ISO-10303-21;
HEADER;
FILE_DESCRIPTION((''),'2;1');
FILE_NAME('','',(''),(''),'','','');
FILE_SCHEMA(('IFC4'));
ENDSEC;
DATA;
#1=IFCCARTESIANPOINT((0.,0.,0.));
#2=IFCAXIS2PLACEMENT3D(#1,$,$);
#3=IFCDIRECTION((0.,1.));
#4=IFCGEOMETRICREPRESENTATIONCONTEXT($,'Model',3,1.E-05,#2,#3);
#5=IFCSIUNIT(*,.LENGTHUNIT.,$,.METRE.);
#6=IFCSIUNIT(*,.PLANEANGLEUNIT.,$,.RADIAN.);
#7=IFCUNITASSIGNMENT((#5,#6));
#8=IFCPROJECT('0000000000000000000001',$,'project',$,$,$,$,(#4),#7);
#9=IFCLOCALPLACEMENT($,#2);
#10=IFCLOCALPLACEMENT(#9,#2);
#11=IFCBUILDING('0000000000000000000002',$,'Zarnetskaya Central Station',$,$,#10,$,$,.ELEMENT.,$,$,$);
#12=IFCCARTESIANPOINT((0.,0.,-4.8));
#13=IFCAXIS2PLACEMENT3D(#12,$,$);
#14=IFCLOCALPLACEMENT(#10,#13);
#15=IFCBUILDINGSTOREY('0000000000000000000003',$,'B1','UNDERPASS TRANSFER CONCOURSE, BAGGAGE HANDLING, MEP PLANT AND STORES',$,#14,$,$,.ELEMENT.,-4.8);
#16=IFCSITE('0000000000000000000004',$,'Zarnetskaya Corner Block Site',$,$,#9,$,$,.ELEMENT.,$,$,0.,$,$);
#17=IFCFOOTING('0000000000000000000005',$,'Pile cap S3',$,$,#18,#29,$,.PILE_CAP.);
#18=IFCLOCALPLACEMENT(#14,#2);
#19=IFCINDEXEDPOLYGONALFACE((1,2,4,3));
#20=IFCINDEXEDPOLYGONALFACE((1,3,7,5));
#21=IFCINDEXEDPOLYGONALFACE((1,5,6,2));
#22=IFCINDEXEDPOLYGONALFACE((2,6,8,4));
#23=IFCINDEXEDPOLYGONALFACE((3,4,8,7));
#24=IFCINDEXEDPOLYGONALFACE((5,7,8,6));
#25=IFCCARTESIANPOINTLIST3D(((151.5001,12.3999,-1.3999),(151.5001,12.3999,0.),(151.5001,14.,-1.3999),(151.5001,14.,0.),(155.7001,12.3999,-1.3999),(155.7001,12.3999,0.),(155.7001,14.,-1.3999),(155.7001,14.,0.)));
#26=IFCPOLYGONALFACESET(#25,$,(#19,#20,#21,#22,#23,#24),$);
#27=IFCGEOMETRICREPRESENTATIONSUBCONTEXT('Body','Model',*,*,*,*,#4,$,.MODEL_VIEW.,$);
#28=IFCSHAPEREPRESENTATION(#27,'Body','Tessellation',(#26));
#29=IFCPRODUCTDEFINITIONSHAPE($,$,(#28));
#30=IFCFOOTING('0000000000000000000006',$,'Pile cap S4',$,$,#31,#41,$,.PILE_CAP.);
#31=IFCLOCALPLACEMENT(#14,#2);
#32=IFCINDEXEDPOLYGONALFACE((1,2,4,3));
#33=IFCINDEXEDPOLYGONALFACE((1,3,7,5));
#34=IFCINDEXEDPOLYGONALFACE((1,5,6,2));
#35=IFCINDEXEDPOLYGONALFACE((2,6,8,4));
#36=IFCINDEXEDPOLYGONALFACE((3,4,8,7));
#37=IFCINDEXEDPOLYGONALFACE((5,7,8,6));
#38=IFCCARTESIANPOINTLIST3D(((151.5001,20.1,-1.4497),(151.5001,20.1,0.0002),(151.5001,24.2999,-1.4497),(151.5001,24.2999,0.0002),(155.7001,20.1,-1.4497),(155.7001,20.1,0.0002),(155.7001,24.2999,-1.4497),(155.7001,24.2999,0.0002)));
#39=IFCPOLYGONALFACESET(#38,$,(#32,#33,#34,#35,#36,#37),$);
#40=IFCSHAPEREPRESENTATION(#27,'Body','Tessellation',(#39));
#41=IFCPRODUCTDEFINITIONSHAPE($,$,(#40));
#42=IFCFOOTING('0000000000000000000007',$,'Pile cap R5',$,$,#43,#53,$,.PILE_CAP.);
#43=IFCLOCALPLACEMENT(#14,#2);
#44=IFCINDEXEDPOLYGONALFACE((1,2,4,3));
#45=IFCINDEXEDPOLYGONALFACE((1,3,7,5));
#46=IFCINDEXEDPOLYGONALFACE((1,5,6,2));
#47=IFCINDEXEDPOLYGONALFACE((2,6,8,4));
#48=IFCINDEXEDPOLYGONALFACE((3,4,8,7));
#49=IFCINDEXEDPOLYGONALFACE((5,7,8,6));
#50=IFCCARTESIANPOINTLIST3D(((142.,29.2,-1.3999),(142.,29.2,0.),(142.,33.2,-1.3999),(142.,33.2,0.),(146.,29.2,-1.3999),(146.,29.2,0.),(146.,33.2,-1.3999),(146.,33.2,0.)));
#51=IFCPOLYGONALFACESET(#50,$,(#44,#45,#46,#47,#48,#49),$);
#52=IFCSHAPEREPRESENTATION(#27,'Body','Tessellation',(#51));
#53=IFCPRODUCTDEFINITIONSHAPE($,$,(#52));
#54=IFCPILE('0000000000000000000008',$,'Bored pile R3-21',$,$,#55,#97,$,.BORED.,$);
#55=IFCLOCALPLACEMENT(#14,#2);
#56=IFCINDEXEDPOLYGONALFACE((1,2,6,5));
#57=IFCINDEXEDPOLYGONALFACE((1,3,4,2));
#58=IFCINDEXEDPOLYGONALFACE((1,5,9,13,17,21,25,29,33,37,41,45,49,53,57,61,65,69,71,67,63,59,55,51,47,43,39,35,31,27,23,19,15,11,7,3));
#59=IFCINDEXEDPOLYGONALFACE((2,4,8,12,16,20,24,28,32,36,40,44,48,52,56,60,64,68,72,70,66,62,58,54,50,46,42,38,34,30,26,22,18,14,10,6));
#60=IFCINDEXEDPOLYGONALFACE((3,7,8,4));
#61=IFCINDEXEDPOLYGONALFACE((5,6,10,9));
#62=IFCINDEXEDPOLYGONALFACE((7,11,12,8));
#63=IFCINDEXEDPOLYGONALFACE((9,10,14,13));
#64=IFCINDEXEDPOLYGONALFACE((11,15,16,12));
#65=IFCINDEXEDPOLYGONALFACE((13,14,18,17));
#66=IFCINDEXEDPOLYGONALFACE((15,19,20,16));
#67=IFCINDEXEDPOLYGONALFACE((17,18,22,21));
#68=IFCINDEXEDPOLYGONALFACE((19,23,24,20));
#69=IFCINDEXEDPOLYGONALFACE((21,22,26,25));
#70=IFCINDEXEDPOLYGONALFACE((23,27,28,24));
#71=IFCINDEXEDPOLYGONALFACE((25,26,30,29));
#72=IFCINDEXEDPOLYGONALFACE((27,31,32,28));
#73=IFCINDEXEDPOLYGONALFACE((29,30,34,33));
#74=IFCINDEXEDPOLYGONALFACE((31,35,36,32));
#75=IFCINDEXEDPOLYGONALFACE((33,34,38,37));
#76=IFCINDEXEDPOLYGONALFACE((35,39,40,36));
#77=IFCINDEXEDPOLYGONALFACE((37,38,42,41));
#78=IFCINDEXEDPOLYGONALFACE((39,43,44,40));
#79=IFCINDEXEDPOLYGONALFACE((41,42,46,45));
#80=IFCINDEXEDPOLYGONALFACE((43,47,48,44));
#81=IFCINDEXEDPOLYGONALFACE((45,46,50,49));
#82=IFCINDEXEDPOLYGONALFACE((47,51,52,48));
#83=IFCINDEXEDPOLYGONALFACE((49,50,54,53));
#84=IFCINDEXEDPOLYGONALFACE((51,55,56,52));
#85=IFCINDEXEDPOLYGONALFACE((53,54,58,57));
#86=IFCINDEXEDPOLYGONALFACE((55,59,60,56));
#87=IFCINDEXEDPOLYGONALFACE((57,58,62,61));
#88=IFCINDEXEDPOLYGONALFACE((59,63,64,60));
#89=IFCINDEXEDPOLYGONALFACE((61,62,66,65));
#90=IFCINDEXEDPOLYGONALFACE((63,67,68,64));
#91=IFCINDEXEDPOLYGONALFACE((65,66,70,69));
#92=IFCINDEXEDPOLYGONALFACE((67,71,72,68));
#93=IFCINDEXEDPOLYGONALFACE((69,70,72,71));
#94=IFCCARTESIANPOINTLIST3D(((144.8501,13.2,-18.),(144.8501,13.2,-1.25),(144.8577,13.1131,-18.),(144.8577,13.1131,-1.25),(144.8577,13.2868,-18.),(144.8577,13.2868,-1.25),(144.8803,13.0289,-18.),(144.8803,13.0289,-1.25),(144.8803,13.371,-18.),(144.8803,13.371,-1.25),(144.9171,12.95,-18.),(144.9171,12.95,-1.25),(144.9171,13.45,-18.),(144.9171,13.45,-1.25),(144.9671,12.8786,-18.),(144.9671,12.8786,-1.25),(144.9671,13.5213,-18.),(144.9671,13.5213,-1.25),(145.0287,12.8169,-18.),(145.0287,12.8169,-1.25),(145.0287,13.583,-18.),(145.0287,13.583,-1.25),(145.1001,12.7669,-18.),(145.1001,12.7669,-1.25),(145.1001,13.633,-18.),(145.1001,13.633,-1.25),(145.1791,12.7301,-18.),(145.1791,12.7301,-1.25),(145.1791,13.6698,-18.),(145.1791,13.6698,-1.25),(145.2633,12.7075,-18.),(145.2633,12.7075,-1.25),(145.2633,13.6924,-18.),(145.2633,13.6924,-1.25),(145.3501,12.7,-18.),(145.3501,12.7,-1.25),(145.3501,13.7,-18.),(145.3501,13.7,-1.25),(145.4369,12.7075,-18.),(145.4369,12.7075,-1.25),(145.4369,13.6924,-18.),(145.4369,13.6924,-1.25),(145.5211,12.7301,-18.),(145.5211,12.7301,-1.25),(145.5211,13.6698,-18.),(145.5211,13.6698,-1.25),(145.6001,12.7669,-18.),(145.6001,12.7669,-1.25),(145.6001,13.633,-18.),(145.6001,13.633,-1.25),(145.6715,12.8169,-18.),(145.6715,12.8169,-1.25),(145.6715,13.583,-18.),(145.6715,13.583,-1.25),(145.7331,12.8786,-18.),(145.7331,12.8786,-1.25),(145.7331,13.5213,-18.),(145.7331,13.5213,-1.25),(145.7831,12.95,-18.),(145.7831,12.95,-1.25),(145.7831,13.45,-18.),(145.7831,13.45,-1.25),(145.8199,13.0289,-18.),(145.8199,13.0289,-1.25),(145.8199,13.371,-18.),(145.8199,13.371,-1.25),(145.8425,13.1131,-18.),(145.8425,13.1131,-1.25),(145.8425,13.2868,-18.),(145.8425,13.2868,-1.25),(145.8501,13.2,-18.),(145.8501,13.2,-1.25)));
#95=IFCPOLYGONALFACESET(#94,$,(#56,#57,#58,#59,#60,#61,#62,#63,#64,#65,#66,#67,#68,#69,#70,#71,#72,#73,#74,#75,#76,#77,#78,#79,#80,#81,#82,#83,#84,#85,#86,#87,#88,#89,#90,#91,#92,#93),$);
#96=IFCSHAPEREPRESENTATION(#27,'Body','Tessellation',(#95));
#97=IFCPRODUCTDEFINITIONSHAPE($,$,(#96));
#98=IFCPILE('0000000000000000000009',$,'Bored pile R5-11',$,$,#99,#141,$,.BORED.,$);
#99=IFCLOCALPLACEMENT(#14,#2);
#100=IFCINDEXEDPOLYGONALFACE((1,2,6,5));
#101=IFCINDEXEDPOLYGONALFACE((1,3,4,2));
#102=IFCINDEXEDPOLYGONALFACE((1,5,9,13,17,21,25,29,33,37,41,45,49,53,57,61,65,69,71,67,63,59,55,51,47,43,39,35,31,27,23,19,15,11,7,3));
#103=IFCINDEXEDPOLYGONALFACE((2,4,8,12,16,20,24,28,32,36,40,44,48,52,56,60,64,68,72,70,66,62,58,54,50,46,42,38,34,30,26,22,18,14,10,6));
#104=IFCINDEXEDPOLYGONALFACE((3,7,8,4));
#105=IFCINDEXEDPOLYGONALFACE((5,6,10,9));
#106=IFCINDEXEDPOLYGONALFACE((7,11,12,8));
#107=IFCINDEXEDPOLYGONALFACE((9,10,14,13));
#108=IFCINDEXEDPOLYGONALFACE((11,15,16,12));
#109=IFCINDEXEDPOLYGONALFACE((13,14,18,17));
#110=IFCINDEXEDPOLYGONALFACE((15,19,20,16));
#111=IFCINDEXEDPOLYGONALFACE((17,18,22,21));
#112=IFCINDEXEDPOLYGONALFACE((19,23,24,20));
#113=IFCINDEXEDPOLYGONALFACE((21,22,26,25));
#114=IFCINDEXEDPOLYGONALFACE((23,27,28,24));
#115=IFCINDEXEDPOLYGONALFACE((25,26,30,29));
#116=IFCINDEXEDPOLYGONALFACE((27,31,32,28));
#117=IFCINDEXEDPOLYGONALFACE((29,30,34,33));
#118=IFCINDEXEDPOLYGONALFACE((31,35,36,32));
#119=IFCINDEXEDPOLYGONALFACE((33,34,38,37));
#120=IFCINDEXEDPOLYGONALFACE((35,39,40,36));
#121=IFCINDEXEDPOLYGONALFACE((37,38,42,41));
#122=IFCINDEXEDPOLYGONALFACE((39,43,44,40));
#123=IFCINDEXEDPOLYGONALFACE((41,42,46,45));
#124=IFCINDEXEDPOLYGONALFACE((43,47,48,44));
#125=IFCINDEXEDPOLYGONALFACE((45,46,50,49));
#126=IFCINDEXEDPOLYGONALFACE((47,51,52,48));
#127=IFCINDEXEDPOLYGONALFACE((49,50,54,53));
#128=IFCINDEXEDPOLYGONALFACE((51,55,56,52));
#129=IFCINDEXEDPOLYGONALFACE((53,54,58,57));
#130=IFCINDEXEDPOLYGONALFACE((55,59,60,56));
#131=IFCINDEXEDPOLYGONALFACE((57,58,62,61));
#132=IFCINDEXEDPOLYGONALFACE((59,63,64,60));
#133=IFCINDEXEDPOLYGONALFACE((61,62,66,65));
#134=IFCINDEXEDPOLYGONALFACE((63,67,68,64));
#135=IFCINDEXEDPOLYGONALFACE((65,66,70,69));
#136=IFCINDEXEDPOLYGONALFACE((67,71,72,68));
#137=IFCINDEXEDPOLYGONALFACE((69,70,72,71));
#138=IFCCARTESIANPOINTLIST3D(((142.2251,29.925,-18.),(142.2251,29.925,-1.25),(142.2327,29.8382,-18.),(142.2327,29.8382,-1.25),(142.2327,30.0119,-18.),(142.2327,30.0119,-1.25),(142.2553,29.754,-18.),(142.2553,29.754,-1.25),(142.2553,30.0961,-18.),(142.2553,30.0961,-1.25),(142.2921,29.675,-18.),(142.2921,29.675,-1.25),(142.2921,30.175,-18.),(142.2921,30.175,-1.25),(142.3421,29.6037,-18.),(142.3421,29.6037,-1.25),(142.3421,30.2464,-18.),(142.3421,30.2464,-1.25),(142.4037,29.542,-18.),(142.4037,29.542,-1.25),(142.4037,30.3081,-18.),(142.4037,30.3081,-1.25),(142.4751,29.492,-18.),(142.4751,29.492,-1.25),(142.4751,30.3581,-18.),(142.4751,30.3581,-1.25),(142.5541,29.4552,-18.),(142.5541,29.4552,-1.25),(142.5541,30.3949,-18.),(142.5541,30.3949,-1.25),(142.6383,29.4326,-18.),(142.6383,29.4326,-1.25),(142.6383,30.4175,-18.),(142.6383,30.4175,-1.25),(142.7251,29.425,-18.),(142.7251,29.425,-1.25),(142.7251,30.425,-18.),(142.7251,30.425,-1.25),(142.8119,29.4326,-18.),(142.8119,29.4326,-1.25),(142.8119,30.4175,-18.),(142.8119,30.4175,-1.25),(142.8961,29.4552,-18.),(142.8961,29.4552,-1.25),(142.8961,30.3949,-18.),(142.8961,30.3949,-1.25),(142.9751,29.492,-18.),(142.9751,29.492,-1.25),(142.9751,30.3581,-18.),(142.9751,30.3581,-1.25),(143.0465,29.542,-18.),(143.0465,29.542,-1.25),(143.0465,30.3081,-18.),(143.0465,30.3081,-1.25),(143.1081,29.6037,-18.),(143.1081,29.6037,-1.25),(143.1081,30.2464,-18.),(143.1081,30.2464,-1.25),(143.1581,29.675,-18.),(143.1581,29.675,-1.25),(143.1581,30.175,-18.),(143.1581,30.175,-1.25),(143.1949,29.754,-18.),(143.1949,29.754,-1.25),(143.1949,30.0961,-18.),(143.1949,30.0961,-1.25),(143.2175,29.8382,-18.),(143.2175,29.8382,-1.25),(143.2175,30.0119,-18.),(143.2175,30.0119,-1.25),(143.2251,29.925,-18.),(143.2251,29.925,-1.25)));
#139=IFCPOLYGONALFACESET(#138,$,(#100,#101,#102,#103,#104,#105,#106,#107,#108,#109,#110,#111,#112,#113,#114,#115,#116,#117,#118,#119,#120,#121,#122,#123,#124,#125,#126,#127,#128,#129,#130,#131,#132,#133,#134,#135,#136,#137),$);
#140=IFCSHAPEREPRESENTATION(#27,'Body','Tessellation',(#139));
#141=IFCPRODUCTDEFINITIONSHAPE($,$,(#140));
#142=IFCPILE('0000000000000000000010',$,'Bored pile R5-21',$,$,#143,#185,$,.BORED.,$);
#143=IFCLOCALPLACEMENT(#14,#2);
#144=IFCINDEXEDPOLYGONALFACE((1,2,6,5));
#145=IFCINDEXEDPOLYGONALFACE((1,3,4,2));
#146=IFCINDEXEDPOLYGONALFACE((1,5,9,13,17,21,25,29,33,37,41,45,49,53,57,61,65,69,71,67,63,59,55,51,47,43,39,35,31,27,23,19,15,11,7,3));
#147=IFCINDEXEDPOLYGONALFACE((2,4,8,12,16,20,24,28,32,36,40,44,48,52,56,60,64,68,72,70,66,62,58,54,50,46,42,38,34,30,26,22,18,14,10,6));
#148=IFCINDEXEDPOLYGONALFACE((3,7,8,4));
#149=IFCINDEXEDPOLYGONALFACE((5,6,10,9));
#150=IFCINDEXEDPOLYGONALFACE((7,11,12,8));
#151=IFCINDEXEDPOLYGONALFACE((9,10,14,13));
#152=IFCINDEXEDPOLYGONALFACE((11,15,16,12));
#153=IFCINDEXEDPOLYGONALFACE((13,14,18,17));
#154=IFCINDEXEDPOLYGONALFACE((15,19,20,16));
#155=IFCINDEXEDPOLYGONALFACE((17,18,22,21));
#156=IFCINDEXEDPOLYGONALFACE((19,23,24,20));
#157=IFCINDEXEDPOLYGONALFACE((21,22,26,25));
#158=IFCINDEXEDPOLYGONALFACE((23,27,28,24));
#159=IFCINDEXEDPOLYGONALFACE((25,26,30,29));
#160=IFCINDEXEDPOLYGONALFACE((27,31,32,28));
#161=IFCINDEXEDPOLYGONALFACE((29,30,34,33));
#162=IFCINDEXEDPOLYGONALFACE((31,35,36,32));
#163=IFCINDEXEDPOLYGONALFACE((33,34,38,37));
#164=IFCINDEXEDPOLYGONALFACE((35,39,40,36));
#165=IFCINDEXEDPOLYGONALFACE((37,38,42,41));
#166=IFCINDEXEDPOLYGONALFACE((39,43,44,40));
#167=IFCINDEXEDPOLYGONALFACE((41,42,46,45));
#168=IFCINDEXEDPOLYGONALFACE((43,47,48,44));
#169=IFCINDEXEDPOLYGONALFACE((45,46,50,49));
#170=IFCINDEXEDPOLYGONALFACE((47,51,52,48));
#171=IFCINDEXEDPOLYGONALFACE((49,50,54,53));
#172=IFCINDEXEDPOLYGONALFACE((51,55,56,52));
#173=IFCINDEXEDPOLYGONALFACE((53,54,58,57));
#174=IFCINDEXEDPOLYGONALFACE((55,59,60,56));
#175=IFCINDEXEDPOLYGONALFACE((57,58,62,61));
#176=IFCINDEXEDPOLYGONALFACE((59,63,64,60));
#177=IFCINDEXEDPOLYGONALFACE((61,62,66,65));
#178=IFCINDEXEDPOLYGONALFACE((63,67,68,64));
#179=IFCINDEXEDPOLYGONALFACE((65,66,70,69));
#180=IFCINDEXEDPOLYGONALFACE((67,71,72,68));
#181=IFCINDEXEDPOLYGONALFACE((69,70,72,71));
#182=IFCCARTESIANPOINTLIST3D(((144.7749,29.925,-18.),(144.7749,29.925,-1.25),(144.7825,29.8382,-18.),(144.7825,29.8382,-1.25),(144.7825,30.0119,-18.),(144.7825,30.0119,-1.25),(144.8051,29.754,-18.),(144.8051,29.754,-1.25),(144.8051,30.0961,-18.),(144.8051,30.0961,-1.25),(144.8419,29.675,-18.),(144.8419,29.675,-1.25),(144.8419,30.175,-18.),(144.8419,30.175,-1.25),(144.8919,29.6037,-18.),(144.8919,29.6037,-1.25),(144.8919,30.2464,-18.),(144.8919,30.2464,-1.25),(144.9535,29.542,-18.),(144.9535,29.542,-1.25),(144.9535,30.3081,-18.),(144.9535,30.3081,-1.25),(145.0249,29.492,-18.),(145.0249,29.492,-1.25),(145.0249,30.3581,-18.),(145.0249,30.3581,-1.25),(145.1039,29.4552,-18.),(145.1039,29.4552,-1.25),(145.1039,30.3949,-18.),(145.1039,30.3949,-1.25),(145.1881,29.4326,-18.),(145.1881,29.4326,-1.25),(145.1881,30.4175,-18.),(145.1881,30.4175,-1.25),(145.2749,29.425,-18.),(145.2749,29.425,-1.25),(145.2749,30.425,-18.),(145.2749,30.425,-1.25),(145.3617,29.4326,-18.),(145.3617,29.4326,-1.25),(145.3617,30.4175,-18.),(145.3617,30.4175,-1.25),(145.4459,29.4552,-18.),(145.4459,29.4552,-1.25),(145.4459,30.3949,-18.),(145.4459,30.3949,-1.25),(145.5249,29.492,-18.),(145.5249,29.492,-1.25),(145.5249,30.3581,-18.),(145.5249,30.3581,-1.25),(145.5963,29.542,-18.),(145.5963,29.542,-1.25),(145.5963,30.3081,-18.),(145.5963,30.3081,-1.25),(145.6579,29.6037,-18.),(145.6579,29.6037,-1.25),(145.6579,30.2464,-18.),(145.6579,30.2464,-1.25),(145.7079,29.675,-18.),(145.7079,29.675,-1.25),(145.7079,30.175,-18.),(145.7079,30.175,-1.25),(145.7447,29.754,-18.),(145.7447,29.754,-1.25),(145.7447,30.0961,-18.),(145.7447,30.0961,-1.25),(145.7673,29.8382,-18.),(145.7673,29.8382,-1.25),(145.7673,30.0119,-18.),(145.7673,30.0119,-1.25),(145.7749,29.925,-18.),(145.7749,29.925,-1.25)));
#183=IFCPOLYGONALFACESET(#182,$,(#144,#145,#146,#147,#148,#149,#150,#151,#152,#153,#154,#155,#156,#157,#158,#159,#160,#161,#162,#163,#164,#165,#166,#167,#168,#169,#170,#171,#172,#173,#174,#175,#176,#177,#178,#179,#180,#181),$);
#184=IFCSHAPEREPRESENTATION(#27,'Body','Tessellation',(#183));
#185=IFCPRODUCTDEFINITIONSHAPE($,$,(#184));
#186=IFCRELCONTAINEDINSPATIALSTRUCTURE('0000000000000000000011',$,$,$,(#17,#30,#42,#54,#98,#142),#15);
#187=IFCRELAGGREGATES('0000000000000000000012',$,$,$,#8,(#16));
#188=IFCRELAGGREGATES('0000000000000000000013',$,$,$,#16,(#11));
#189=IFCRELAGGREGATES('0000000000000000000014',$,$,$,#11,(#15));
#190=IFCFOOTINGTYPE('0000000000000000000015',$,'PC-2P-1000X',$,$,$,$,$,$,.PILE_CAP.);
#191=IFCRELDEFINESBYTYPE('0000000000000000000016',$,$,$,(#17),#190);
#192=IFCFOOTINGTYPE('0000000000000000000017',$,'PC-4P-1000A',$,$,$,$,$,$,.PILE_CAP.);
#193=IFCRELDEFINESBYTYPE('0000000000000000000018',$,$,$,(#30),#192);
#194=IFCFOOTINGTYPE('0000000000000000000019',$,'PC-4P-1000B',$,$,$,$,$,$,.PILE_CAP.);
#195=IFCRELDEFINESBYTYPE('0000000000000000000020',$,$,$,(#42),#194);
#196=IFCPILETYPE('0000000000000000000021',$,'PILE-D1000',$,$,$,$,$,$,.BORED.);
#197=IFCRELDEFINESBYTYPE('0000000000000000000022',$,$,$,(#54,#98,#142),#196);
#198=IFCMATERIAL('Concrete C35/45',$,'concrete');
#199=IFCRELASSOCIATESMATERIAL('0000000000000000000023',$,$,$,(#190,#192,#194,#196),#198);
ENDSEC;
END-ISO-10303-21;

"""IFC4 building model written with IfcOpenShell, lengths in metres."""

from ifc_helpers import new_model, si_unit, direction, frame, origin, origin_2d, place, context, subcontext, project, spatial, rectangle, circle, extrude, material, material_profile, profile_set, type_object, element, save


model = new_model("IFC4")

# Units and contexts
model_context = context("Model", 3, precision=1e-05, world=origin(), true_north=direction((0.0, 1.0)))
body_context = subcontext(model_context, "Body", "Model", "MODEL_VIEW")
ifc_project = project(units=[si_unit("LENGTHUNIT", "METRE"), si_unit("PLANEANGLEUNIT", "RADIAN")], contexts=[model_context])

# Site, building, storey
site_placement = place(None, origin())
site = spatial("IfcSite", under=ifc_project, at=site_placement, Name="Zarnetskaya Corner Block Site", CompositionType="ELEMENT", RefElevation=0.0)
building_placement = place(site_placement, origin())
building = spatial("IfcBuilding", under=site, at=building_placement, Name="Zarnetskaya Central Station", CompositionType="ELEMENT")
storey_placement = place(building_placement, frame((0.0, 0.0, -4.8)))
storey = spatial("IfcBuildingStorey", under=building, at=storey_placement, Name="B1", Description="UNDERPASS TRANSFER CONCOURSE, BAGGAGE HANDLING, MEP PLANT AND STORES", CompositionType="ELEMENT", Elevation=-4.8)

# Footings
ifc_material = material(Name="Concrete C35/45", Category="concrete")
footing_type_1 = type_object("IfcFootingType", Name="PC-2P-1000X", PredefinedType="PILE_CAP", material=ifc_material)
footing_1_placement = place(storey_placement, frame((153.6001, 13.2, -1.3999), z_axis=(0.0, 0.0, 1.0), x_axis=(1.0, 0.0, 0.0)))
element("IfcFooting", 1, at=footing_1_placement, inside=storey, type_object=footing_type_1, Name="Pile cap S3", PredefinedType="PILE_CAP", context=body_context, shape_type="SweptSolid", body=[
    extrude(rectangle(XDim=4.2, YDim=1.6001, at=origin_2d()), origin(), (0.0, 0.0, 1.0), 1.3999),
])
footing_type_2 = type_object("IfcFootingType", Name="PC-4P-1000A", PredefinedType="PILE_CAP", material=ifc_material)
footing_2_placement = place(storey_placement, frame((153.6001, 22.2, -1.4497), z_axis=(0.0, 0.0, 1.0), x_axis=(1.0, 0.0, 0.0)))
element("IfcFooting", 2, at=footing_2_placement, inside=storey, type_object=footing_type_2, Name="Pile cap S4", PredefinedType="PILE_CAP", context=body_context, shape_type="SweptSolid", body=[
    extrude(rectangle(XDim=4.2, YDim=4.2, at=origin_2d()), origin(), (0.0, 0.0, 1.0), 1.45),
])
footing_type_3 = type_object("IfcFootingType", Name="PC-4P-1000B", PredefinedType="PILE_CAP", material=ifc_material)
footing_3_placement = place(storey_placement, frame((144.0, 31.2, -1.3999), z_axis=(0.0, 0.0, 1.0), x_axis=(1.0, 0.0, 0.0)))
element("IfcFooting", 3, at=footing_3_placement, inside=storey, type_object=footing_type_3, Name="Pile cap R5", PredefinedType="PILE_CAP", context=body_context, shape_type="SweptSolid", body=[
    extrude(rectangle(XDim=4.0, YDim=4.0, at=origin_2d()), origin(), (0.0, 0.0, 1.0), 1.3999),
])

# Piles
ifc_material_profile_1 = material_profile(ifc_material, circle(Radius=0.5, at=origin_2d()), Name="BORED PILE D1000")
ifc_profile_set_1 = profile_set([ifc_material_profile_1], Name="Concrete C35/45")
pile_type_1 = type_object("IfcPileType", Name="PILE-D1000", PredefinedType="BORED", material=ifc_profile_set_1)
for number, where, z_axis, x_axis, name in (
    (4, (145.3501, 13.2, -1.25), (0.0, 0.0, -1.0), (1.0, 0.0, 0.0), "Bored pile R3-21"),
    (5, (142.7251, 29.925, -1.25), (0.0, 0.0, -1.0), (1.0, 0.0, 0.0), "Bored pile R5-11"),
    (6, (145.2749, 29.925, -1.25), (0.0, 0.0, -1.0), (1.0, 0.0, 0.0), "Bored pile R5-21"),
):
    element("IfcPile", number, at=place(storey_placement, frame(where, z_axis=z_axis, x_axis=x_axis)), inside=storey, type_object=pile_type_1, Name=name, PredefinedType="BORED", context=body_context, shape_type="SweptSolid", body=[
        extrude(circle(Radius=0.5, at=origin_2d()), origin(), (0.0, 0.0, 1.0), 16.75),
    ])

save(model, "model.ifc")
